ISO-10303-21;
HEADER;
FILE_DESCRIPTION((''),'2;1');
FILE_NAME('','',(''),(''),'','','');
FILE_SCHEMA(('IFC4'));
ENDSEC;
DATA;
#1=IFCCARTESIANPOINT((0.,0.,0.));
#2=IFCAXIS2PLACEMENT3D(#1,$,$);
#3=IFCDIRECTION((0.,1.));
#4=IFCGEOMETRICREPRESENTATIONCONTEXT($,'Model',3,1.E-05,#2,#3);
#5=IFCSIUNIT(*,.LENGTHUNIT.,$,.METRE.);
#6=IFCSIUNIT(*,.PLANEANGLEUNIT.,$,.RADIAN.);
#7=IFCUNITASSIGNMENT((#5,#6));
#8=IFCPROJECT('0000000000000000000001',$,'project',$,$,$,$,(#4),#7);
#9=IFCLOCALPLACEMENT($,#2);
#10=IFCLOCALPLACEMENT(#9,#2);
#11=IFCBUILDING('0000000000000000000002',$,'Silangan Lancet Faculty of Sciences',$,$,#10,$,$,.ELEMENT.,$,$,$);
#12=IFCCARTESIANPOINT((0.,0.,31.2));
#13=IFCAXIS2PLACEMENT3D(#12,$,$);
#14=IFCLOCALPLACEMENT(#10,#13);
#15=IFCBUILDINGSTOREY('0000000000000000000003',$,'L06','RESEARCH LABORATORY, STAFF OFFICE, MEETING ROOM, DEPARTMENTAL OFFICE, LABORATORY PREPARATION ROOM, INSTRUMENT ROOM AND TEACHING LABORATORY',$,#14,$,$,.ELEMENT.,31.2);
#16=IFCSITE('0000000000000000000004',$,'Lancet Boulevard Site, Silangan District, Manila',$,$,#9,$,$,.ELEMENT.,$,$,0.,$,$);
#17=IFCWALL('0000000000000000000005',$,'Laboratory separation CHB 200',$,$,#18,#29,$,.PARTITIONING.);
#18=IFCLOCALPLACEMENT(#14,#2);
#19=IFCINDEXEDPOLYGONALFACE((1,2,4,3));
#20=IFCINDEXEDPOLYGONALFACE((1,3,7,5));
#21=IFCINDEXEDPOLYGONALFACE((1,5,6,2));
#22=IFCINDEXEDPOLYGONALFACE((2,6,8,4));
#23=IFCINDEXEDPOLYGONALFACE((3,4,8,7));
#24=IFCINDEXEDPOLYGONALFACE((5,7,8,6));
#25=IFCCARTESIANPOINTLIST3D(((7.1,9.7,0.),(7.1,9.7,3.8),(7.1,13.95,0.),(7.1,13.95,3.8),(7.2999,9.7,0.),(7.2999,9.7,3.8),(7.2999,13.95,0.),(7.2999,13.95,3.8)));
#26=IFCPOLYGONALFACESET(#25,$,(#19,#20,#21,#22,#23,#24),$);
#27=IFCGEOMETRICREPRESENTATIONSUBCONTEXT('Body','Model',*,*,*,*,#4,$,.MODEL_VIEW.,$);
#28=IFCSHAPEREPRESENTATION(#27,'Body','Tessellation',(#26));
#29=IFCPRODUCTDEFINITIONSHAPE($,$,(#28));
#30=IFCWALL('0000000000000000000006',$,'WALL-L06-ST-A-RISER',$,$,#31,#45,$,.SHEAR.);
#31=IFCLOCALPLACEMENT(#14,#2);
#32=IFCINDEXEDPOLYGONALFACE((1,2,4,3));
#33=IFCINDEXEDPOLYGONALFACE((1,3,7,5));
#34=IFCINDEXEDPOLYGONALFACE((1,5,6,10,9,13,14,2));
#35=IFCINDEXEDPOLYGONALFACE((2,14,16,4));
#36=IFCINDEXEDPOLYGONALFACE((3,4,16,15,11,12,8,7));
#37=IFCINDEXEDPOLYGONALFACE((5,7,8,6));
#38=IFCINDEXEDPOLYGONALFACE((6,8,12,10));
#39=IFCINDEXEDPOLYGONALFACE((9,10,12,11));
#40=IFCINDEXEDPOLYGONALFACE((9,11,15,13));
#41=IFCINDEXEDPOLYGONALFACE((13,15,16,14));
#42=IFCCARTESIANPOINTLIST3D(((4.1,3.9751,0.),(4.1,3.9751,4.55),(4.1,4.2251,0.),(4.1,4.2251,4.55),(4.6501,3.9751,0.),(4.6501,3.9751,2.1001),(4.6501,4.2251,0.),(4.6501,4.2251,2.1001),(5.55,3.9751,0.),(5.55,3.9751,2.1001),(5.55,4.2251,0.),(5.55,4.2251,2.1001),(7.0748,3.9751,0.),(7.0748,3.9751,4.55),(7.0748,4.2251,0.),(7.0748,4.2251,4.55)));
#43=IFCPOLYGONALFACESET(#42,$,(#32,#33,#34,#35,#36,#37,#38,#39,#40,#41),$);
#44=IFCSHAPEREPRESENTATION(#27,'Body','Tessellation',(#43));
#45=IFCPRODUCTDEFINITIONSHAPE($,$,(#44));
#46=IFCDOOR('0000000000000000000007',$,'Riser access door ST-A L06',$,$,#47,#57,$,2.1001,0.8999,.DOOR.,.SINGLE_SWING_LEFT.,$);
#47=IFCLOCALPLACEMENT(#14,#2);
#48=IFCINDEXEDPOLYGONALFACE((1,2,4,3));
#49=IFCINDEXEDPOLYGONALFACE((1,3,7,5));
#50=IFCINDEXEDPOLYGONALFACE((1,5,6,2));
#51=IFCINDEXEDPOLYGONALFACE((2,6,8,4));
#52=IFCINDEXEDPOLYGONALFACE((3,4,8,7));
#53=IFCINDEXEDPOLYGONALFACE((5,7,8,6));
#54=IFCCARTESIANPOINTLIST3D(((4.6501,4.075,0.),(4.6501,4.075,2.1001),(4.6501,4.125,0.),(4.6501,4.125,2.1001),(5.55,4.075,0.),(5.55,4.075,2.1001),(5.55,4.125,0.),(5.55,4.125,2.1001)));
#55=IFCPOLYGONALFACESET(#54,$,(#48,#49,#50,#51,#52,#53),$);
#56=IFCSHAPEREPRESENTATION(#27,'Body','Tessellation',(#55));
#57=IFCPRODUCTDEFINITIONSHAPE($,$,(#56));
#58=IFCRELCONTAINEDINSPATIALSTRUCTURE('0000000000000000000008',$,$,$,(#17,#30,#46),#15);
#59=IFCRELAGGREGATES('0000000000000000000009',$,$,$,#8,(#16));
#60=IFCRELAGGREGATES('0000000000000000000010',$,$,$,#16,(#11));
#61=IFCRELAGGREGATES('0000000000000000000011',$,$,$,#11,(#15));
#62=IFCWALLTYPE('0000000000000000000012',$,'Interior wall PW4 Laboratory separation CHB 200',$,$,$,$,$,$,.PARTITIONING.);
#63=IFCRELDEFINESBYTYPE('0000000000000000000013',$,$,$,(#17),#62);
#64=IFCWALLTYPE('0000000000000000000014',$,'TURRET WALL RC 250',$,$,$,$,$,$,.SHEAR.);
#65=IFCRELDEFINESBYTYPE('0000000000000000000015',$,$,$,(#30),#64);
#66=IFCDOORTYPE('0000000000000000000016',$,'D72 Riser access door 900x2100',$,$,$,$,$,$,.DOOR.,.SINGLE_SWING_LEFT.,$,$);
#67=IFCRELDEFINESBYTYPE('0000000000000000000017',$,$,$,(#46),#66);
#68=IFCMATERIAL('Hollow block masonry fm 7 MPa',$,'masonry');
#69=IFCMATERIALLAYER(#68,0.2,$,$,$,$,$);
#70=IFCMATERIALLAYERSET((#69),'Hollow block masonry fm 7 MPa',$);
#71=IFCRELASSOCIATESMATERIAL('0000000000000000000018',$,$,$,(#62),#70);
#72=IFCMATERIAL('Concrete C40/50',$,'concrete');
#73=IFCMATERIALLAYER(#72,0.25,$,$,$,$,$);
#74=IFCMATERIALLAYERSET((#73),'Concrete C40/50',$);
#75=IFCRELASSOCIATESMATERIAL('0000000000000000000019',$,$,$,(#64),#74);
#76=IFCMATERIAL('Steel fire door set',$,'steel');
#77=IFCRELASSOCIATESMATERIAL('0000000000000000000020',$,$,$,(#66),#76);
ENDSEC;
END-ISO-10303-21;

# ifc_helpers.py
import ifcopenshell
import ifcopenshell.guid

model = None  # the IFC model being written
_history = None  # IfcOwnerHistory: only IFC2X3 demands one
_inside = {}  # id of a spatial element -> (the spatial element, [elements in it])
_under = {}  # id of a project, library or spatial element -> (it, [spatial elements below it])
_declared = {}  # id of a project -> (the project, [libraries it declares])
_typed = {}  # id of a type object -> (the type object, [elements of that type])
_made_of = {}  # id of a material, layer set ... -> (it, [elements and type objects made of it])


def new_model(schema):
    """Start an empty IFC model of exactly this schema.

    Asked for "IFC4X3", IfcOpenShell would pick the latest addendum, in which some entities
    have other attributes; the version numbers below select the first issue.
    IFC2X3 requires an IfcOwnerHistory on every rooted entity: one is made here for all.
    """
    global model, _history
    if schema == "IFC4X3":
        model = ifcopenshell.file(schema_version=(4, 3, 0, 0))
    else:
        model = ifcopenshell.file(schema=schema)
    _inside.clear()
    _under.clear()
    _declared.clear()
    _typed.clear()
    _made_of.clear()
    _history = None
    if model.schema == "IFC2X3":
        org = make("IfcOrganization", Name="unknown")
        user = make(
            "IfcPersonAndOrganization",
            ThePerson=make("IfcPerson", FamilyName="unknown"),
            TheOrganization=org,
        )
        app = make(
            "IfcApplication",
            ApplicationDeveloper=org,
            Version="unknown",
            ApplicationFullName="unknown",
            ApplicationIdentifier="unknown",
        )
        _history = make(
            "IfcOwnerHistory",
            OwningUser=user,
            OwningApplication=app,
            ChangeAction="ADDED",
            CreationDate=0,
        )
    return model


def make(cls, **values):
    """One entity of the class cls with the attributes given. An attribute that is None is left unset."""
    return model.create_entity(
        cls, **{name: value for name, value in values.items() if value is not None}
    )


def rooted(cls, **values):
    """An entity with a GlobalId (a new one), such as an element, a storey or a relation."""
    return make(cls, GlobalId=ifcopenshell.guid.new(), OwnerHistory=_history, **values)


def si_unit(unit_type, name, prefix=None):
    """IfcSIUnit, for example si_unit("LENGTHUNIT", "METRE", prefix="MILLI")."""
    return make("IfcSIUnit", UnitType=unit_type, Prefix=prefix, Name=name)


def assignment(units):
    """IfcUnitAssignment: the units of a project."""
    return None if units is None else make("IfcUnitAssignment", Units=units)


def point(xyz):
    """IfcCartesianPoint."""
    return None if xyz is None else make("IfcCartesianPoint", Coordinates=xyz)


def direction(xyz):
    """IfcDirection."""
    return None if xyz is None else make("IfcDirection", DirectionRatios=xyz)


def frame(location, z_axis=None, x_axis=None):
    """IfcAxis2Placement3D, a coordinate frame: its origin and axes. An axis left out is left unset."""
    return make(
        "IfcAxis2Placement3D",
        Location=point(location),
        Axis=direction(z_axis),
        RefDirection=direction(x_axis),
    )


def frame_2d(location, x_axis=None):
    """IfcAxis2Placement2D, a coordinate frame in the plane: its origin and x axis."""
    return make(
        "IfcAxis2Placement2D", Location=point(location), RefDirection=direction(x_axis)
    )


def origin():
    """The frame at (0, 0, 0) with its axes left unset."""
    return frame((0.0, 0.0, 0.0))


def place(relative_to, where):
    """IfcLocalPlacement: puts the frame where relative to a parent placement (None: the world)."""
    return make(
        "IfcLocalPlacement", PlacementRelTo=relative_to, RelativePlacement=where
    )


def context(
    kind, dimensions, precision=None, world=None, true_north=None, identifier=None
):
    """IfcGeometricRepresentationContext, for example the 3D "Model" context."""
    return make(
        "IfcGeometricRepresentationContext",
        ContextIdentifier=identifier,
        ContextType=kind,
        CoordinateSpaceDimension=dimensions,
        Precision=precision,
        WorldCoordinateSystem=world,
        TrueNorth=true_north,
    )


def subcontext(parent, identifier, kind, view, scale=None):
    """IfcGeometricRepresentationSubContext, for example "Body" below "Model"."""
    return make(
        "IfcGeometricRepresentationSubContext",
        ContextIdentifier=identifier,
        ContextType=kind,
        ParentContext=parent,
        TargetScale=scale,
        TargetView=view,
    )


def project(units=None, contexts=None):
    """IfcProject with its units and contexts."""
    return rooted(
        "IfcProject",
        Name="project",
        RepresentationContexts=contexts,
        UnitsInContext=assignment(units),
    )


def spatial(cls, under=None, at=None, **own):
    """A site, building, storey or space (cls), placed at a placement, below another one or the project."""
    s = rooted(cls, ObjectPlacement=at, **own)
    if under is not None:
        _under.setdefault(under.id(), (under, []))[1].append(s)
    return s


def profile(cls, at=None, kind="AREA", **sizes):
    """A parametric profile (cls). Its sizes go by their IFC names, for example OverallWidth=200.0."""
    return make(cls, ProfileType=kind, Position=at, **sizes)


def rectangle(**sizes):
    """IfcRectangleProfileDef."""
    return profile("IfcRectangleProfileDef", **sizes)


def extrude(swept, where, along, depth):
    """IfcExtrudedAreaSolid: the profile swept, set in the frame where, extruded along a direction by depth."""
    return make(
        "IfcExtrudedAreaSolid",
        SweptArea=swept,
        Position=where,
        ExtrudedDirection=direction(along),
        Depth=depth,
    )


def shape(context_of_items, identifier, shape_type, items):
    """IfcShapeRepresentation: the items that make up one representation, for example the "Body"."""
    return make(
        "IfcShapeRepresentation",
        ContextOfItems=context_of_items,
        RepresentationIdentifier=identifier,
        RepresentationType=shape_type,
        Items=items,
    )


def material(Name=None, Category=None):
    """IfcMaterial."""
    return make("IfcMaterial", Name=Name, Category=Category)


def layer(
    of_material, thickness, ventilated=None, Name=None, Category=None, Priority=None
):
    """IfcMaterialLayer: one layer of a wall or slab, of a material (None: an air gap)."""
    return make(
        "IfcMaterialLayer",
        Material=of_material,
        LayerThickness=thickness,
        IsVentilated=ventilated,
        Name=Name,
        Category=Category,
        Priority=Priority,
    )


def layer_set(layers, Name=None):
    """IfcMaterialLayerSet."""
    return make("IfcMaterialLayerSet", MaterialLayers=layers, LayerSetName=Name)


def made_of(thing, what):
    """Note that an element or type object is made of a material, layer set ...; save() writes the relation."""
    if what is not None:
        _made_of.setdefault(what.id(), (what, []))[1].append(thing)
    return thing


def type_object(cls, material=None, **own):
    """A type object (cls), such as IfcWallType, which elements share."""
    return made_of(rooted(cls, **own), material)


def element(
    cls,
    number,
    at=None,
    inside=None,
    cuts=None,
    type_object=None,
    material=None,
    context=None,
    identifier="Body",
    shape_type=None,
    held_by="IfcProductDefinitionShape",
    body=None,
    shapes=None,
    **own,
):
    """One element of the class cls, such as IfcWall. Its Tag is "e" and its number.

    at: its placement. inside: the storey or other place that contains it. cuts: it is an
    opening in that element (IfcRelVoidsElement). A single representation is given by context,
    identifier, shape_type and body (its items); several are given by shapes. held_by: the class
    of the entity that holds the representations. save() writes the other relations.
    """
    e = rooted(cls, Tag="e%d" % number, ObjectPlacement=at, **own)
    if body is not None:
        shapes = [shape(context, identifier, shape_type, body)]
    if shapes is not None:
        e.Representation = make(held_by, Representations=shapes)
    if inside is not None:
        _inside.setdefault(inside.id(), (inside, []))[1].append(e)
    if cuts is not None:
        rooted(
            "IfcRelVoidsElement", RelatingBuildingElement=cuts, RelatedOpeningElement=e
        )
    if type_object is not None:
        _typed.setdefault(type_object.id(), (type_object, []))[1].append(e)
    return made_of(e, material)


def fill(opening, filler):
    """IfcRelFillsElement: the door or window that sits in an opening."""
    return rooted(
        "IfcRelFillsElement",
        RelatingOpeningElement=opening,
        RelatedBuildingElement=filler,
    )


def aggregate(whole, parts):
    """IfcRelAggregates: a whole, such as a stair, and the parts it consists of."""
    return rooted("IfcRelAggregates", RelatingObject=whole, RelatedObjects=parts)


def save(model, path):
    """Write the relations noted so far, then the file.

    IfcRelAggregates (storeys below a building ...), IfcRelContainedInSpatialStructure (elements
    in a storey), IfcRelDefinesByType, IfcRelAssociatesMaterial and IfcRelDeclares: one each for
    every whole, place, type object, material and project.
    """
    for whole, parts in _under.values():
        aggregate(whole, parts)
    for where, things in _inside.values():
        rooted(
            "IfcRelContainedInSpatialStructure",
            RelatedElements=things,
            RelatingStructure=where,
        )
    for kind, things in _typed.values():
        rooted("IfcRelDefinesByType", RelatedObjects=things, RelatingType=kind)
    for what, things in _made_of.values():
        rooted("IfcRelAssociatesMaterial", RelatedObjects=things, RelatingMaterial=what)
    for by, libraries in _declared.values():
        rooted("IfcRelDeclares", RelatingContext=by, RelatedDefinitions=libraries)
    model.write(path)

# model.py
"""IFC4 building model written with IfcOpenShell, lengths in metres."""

from ifc_helpers import new_model, si_unit, direction, frame, frame_2d, origin, place, context, subcontext, project, spatial, rectangle, extrude, material, layer, layer_set, type_object, element, fill, save


model = new_model("IFC4")

# Units and contexts
model_context = context("Model", 3, precision=1e-05, world=origin(), true_north=direction((0.0, 1.0)))
body_context = subcontext(model_context, "Body", "Model", "MODEL_VIEW")
ifc_project = project(units=[si_unit("LENGTHUNIT", "METRE"), si_unit("PLANEANGLEUNIT", "RADIAN")], contexts=[model_context])

# Site, building, storey
site_placement = place(None, origin())
site = spatial("IfcSite", under=ifc_project, at=site_placement, Name="Lancet Boulevard Site, Silangan District, Manila", CompositionType="ELEMENT", RefElevation=0.0)
building_placement = place(site_placement, origin())
building = spatial("IfcBuilding", under=site, at=building_placement, Name="Silangan Lancet Faculty of Sciences", CompositionType="ELEMENT")
storey_placement = place(building_placement, frame((0.0, 0.0, 31.2)))
storey = spatial("IfcBuildingStorey", under=building, at=storey_placement, Name="L06", Description="RESEARCH LABORATORY, STAFF OFFICE, MEETING ROOM, DEPARTMENTAL OFFICE, LABORATORY PREPARATION ROOM, INSTRUMENT ROOM AND TEACHING LABORATORY", CompositionType="ELEMENT", Elevation=31.2)

# Wall
ifc_material_1 = material(Name="Hollow block masonry fm 7 MPa", Category="masonry")
ifc_layer_1 = layer(ifc_material_1, 0.2)
ifc_layer_set_1 = layer_set([ifc_layer_1], Name="Hollow block masonry fm 7 MPa")
wall_type_1 = type_object("IfcWallType", Name="Interior wall PW4 Laboratory separation CHB 200", PredefinedType="PARTITIONING", material=ifc_layer_set_1)
wall_1_placement = place(storey_placement, frame((7.2, 9.7, 0.0), z_axis=(0.0, 0.0, 1.0), x_axis=(0.0, 1.0, 0.0)))
element("IfcWall", 1, at=wall_1_placement, inside=storey, type_object=wall_type_1, Name="Laboratory separation CHB 200", PredefinedType="PARTITIONING", context=body_context, shape_type="SweptSolid", body=[
    extrude(rectangle(XDim=4.25, YDim=0.2, at=frame_2d((2.125, 0.0))), origin(), (0.0, 0.0, 1.0), 3.8),
])

# Wall, opening, door
ifc_material_2 = material(Name="Concrete C40/50", Category="concrete")
ifc_layer_2 = layer(ifc_material_2, 0.25)
ifc_layer_set_2 = layer_set([ifc_layer_2], Name="Concrete C40/50")
wall_type_2 = type_object("IfcWallType", Name="TURRET WALL RC 250", PredefinedType="SHEAR", material=ifc_layer_set_2)
wall_2_placement = place(storey_placement, frame((4.1001, 4.1001, 0.0), z_axis=(0.0, 0.0, 1.0), x_axis=(1.0, 0.0, 0.0)))
wall_2 = element("IfcWall", 2, at=wall_2_placement, inside=storey, type_object=wall_type_2, Name="WALL-L06-ST-A-RISER", PredefinedType="SHEAR", context=body_context, shape_type="SweptSolid", body=[
    extrude(rectangle(XDim=2.9749, YDim=0.25, at=frame_2d((1.4873, 0.0))), origin(), (0.0, 0.0, 1.0), 4.55),
])
opening_1_placement = place(wall_2_placement, frame((0.55, 0.0, 0.0)))
opening_1 = element("IfcOpeningElement", 3, at=opening_1_placement, cuts=wall_2, PredefinedType="OPENING", context=body_context, shape_type="SweptSolid", body=[
    extrude(rectangle(XDim=0.8999, YDim=2.1001, at=frame_2d((0.45, 1.05))), frame((0.0, 0.135, 0.0), z_axis=(0.0, -1.0, 0.0), x_axis=(1.0, 0.0, 0.0)), (0.0, 0.0, 1.0), 0.27),
])
ifc_material_3 = material(Name="Steel fire door set", Category="steel")
door_type_1 = type_object("IfcDoorType", Name="D72 Riser access door 900x2100", OperationType="SINGLE_SWING_LEFT", PredefinedType="DOOR", material=ifc_material_3)
door_1_placement = place(opening_1_placement, frame((0.8999, 0.0, 0.0), z_axis=(0.0, 0.0, 1.0), x_axis=(-1.0, 0.0, 0.0)))
door_1 = element("IfcDoor", 4, at=door_1_placement, inside=storey, type_object=door_type_1, Name="Riser access door ST-A L06", OperationType="SINGLE_SWING_LEFT", OverallHeight=2.1001, OverallWidth=0.8999, PredefinedType="DOOR", context=body_context, shape_type="SweptSolid", body=[
    extrude(rectangle(XDim=0.8999, YDim=2.1001, at=frame_2d((0.45, 1.05))), frame((0.0, 0.0251, 0.0), z_axis=(0.0, -1.0, 0.0), x_axis=(1.0, 0.0, 0.0)), (0.0, 0.0, 1.0), 0.05),
])
fill(opening_1, door_1)

save(model, "model.ifc")
